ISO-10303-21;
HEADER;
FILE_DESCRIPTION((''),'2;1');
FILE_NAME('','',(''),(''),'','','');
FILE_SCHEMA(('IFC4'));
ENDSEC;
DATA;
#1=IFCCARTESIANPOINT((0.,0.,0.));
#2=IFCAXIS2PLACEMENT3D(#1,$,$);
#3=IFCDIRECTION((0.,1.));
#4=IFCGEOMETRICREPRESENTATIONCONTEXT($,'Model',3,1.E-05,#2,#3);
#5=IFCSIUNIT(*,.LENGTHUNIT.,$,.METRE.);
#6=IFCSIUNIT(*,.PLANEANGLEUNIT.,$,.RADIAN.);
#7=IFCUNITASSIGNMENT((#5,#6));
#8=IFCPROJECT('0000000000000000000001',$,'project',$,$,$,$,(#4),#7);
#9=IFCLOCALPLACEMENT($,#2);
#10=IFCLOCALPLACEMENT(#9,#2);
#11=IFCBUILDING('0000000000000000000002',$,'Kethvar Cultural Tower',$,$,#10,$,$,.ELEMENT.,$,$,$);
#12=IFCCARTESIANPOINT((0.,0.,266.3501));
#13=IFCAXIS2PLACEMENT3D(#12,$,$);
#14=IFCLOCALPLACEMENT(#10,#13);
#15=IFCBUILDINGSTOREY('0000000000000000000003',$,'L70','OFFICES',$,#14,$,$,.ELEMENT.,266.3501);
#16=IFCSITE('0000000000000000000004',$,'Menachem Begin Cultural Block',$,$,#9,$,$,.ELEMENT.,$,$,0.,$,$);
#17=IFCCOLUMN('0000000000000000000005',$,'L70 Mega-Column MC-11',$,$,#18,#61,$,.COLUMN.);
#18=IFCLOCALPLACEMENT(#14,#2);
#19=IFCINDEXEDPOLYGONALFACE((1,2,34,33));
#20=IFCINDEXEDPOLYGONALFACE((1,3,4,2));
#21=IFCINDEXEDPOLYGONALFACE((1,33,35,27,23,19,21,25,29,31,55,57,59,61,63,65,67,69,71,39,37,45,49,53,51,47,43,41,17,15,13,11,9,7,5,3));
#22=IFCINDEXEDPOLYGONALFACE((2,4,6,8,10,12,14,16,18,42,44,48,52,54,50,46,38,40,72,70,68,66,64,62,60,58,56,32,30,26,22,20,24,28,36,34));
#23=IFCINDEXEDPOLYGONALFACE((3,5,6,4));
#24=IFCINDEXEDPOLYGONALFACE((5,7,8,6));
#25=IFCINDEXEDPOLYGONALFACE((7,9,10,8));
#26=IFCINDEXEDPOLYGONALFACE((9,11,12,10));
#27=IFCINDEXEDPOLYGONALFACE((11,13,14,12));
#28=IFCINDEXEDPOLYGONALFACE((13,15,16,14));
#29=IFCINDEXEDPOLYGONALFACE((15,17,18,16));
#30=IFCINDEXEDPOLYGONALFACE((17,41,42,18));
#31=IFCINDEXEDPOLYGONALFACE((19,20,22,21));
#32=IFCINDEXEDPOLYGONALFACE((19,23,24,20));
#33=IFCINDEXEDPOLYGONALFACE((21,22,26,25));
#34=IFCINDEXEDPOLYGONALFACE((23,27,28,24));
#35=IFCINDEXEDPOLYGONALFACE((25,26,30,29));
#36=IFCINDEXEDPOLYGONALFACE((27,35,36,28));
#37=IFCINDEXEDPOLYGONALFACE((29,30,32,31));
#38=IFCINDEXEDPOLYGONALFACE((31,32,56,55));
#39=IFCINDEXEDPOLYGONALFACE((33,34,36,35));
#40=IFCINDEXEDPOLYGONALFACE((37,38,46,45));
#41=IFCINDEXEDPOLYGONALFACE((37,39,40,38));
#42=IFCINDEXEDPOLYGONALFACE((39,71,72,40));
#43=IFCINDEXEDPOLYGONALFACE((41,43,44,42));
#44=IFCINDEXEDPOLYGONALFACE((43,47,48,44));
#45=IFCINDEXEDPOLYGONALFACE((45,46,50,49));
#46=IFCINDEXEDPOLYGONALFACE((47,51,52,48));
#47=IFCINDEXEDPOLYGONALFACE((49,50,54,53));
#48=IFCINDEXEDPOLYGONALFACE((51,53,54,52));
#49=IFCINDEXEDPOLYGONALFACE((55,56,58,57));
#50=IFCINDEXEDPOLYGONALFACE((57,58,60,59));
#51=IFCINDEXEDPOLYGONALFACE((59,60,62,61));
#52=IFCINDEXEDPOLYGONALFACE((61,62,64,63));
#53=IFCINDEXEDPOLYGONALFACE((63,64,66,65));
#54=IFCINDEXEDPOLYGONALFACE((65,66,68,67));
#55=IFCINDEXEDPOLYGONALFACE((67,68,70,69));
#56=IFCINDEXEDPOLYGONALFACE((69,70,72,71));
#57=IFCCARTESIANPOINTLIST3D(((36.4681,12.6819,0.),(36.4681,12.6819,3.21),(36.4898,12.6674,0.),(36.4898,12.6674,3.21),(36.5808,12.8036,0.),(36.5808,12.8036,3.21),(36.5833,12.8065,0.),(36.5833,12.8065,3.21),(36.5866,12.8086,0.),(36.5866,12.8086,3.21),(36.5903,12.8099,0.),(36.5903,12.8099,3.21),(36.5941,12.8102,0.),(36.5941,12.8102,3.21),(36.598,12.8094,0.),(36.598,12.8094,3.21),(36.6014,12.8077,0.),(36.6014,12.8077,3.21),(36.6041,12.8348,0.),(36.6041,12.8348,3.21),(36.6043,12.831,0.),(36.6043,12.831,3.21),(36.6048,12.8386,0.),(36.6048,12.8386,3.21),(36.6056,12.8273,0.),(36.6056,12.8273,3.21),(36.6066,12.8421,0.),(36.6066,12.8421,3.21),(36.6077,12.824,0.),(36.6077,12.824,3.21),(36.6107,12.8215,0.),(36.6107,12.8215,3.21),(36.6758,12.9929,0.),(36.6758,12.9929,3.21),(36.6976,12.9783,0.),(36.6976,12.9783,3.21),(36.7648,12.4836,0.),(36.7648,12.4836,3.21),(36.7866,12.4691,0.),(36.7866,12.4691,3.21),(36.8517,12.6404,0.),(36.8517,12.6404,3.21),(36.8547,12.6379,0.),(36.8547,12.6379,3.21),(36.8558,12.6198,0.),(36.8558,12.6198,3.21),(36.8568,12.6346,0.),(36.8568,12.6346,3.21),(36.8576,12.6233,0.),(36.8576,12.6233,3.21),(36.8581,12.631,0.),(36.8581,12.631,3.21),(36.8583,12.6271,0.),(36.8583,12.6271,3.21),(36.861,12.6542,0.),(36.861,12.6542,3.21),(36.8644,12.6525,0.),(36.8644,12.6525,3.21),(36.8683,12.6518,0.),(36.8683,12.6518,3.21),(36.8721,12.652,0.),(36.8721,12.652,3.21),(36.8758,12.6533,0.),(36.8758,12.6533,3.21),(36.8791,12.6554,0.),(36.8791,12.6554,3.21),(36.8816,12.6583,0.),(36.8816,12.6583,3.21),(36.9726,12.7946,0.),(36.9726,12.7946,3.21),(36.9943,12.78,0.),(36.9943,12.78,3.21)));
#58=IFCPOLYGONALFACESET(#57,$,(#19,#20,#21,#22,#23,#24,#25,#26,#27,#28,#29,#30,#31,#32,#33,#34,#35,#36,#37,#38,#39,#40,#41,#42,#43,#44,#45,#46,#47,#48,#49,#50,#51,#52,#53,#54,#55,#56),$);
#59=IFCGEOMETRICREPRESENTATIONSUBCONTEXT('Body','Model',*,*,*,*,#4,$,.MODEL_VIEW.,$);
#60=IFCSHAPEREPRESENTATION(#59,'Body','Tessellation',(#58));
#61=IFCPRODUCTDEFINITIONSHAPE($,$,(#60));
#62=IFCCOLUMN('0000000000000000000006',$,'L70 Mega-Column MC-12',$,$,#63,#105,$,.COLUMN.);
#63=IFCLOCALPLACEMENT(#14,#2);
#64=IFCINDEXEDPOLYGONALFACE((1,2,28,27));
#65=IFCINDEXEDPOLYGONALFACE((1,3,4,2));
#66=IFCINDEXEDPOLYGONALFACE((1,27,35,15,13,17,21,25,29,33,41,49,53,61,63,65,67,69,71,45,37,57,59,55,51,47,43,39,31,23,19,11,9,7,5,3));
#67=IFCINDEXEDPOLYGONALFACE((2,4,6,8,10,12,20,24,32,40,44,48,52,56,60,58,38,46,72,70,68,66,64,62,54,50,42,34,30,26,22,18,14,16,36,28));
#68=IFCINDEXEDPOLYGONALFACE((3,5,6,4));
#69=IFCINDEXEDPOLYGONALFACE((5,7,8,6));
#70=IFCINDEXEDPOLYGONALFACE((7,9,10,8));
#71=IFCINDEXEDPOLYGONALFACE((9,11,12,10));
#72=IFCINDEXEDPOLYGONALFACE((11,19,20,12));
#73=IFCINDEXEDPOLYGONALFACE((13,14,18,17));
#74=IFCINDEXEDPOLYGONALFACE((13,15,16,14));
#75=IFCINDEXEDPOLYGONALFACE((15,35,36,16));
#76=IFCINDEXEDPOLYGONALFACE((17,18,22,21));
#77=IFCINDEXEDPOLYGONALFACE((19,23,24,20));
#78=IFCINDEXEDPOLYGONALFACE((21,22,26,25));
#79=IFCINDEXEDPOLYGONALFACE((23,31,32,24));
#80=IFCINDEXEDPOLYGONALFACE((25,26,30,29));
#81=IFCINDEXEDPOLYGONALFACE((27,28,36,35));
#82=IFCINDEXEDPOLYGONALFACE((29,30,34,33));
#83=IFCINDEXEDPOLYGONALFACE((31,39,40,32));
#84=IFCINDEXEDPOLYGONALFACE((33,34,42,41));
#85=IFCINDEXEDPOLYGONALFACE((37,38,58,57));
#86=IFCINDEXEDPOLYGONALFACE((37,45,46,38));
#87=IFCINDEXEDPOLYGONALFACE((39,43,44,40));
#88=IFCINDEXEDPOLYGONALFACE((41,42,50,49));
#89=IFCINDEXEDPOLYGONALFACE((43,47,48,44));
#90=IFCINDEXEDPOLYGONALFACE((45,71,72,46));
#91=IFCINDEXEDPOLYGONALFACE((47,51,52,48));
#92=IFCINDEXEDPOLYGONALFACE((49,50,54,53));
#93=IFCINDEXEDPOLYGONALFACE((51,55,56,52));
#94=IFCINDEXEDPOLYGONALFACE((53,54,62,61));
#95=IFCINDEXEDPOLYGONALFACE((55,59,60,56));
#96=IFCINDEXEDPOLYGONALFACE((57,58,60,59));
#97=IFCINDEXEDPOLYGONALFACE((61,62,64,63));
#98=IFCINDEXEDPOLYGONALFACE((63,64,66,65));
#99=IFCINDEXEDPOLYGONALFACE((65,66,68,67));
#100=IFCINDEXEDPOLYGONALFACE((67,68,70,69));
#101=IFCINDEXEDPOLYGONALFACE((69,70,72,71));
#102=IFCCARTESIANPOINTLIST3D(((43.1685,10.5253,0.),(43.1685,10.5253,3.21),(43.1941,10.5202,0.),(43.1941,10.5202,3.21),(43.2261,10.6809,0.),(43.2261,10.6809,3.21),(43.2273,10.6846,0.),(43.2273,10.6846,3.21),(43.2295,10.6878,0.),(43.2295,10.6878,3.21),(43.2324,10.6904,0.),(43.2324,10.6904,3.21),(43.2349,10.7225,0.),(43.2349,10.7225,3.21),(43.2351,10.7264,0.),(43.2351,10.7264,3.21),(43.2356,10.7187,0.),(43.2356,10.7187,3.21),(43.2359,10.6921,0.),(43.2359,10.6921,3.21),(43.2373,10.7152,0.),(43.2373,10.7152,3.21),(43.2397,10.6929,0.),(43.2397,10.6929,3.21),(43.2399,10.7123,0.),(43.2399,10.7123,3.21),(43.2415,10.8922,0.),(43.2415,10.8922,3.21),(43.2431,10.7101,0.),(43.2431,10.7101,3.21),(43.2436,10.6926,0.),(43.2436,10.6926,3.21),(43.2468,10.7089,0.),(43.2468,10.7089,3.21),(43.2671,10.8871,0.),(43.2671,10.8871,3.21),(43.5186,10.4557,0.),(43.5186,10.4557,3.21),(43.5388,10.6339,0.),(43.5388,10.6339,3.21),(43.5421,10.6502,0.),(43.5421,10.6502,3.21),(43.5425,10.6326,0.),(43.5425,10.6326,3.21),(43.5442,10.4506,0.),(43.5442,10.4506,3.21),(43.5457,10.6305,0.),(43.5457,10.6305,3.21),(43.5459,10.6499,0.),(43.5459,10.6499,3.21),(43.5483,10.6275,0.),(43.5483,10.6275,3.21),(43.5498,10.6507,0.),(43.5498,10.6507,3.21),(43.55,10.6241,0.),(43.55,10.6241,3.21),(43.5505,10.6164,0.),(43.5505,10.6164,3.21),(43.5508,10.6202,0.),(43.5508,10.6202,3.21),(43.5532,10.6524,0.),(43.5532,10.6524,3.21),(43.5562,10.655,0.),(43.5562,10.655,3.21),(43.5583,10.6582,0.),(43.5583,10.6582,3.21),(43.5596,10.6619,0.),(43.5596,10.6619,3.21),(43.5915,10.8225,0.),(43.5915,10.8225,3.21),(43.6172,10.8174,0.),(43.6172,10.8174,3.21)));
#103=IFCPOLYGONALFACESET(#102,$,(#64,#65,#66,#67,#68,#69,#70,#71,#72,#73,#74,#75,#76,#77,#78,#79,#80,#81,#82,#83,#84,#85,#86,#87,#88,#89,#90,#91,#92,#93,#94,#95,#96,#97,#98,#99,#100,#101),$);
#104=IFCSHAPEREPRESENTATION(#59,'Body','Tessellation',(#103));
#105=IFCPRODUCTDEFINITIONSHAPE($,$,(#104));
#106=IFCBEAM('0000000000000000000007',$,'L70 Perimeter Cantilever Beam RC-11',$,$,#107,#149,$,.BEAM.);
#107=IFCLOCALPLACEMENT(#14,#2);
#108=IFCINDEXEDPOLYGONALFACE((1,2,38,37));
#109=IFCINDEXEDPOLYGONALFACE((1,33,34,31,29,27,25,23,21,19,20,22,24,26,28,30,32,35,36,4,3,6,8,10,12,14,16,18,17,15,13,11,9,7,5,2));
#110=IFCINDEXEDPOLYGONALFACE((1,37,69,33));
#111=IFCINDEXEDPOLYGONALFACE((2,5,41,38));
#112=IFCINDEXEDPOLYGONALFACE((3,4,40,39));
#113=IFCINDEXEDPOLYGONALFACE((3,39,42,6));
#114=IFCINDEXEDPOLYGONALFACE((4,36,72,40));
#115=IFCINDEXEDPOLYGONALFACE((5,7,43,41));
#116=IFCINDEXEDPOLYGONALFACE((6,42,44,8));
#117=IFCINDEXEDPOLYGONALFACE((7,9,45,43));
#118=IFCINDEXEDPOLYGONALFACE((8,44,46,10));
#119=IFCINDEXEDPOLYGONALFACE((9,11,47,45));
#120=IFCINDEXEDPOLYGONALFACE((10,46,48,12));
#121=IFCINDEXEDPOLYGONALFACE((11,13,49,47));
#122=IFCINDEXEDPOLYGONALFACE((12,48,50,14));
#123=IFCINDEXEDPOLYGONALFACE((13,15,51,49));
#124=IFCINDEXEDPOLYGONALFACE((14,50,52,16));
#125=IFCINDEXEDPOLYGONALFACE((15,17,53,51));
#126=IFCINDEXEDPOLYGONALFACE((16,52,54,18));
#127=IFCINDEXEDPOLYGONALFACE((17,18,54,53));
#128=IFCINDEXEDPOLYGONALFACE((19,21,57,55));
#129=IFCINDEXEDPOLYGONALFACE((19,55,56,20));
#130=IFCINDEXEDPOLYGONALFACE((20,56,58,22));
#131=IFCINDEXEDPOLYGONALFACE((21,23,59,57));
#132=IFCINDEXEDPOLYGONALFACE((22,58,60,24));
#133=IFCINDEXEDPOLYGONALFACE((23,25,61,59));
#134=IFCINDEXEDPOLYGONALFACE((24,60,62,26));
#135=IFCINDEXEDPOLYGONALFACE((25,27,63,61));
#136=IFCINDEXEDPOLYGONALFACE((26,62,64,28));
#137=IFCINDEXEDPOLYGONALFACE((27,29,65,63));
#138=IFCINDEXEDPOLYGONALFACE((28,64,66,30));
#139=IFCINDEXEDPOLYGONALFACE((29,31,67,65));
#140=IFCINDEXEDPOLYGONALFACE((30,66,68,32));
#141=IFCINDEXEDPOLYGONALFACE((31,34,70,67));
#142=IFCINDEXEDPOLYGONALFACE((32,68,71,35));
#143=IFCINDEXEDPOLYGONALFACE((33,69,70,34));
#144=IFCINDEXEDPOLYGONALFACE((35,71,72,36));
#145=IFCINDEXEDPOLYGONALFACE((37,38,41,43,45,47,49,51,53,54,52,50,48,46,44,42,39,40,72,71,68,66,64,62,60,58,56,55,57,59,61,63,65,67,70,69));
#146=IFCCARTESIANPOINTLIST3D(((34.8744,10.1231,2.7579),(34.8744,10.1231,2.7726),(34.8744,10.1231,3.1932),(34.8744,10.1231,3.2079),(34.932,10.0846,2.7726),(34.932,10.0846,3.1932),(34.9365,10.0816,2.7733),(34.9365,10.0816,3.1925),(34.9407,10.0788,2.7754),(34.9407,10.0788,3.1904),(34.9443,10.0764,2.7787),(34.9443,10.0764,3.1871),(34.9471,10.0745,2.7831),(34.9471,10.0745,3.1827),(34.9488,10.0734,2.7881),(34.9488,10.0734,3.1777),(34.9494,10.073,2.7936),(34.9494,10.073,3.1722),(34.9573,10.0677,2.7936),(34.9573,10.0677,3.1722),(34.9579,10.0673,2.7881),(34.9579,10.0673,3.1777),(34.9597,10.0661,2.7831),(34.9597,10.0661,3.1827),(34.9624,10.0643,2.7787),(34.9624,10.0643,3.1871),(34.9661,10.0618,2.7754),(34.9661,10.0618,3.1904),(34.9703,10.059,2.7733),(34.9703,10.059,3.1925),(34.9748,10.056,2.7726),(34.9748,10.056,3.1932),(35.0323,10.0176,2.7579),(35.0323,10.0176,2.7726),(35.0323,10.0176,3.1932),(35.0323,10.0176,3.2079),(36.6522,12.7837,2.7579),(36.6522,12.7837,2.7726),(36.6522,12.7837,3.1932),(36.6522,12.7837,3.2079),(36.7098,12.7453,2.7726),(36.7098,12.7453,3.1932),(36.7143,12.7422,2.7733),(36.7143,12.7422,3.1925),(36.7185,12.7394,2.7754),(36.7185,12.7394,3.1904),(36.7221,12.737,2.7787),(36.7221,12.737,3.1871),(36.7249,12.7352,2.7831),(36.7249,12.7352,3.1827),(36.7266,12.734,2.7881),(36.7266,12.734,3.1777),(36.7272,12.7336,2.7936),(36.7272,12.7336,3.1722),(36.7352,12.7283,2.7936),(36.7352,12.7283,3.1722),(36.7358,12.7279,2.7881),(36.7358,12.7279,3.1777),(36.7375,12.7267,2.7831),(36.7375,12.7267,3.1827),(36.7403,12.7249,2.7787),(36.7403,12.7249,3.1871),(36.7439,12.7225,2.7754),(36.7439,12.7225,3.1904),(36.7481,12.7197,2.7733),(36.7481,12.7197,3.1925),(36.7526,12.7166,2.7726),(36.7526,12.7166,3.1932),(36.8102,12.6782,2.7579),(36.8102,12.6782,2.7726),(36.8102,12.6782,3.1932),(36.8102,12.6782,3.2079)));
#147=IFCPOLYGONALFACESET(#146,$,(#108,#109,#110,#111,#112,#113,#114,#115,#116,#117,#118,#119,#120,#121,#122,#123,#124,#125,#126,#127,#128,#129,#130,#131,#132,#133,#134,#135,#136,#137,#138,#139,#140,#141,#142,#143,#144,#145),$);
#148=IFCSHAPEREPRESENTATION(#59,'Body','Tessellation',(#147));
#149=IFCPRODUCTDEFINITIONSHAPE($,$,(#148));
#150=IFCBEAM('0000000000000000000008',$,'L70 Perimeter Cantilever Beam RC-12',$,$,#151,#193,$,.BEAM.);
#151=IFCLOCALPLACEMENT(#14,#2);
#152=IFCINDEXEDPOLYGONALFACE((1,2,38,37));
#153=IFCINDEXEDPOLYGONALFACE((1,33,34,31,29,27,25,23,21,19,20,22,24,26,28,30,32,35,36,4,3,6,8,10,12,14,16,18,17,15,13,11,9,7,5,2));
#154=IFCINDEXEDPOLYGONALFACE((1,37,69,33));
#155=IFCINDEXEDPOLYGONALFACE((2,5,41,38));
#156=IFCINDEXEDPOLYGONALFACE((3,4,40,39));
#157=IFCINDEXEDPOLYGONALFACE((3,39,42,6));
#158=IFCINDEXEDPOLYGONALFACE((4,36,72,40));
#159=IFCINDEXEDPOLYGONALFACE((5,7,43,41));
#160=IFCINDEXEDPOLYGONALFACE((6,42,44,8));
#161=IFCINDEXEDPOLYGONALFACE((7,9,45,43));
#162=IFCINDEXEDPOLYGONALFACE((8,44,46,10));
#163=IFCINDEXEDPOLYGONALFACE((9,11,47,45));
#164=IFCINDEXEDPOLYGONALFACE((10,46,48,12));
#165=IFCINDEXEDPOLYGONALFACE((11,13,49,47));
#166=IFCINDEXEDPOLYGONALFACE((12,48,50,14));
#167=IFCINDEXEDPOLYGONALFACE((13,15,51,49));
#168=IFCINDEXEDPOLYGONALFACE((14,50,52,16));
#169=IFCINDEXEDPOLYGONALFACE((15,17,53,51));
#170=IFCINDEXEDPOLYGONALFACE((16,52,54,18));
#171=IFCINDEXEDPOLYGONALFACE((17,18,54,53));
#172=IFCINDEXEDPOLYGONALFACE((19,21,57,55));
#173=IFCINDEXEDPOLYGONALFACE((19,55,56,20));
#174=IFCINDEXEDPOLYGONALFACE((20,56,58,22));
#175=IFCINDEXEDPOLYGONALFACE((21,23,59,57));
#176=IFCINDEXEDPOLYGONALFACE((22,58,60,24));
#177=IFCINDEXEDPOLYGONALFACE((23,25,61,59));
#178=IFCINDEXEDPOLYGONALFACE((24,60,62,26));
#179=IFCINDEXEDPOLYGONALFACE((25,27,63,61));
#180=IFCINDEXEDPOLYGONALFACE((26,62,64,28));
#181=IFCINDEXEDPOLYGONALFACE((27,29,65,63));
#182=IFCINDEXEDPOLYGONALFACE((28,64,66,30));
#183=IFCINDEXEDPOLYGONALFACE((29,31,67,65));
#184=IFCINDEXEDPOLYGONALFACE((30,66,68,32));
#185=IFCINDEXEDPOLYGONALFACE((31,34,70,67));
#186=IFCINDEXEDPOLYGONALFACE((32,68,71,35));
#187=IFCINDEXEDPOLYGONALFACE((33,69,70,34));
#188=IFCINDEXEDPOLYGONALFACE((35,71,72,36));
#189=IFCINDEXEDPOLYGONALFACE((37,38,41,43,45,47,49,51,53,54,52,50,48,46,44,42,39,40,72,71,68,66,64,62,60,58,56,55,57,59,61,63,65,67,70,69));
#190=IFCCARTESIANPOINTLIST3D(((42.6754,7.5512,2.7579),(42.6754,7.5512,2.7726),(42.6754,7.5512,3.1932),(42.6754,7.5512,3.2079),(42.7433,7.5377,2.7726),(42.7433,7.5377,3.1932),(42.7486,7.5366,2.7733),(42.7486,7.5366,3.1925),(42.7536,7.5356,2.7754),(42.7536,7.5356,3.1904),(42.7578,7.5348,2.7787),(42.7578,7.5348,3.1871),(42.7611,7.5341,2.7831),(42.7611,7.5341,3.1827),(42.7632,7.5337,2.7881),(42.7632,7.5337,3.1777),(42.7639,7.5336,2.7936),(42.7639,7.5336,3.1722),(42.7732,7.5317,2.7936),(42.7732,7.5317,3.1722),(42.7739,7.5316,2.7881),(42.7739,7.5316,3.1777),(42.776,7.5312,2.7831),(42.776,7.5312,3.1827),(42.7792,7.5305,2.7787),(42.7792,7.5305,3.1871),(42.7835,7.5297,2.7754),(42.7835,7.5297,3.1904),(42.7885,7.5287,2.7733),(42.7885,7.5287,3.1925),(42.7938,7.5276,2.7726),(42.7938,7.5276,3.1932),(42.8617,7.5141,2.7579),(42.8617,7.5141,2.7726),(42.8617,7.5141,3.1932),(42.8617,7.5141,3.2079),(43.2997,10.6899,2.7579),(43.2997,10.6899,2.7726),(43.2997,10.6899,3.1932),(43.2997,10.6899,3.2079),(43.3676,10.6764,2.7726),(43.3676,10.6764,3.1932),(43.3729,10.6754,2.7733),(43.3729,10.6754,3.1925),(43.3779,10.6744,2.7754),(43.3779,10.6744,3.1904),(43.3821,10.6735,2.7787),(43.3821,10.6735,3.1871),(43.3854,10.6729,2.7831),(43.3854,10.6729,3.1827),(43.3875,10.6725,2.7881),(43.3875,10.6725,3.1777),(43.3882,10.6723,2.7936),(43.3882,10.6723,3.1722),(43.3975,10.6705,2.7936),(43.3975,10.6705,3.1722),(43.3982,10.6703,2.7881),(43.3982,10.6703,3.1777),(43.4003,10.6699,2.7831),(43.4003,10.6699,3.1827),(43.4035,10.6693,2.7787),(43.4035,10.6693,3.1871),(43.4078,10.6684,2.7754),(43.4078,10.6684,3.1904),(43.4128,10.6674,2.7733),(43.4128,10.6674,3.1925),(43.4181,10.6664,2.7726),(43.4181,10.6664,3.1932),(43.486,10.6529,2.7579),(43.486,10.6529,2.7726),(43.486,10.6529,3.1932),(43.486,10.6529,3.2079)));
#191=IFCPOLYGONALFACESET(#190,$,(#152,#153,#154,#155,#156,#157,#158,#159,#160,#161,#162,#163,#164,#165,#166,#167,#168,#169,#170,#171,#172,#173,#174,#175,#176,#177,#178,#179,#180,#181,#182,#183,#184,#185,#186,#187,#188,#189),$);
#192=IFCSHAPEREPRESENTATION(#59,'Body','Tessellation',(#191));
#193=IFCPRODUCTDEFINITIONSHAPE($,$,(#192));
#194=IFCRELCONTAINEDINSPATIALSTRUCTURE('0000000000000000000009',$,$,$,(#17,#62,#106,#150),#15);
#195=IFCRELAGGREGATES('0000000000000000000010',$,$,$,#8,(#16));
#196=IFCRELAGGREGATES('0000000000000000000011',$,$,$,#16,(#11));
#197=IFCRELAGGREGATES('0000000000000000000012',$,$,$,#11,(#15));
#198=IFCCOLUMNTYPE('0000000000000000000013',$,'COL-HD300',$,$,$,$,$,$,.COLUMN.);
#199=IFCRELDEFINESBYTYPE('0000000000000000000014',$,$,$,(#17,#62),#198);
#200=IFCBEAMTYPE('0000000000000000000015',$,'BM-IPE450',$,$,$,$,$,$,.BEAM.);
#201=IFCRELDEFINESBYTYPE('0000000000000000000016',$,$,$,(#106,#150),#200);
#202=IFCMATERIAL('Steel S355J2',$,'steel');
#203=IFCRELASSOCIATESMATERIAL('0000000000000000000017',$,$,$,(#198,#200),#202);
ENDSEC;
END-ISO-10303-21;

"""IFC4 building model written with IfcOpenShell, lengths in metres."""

from ifc_helpers import new_model, si_unit, direction, frame, origin, origin_2d, place, context, subcontext, project, spatial, i_section, extrude, source, transform, mapped, material, material_profile, profile_set, type_object, element, save


model = new_model("IFC4")

# Units and contexts
model_context = context("Model", 3, precision=1e-05, world=origin(), true_north=direction((0.0, 1.0)))
body_context = subcontext(model_context, "Body", "Model", "MODEL_VIEW")
ifc_project = project(units=[si_unit("LENGTHUNIT", "METRE"), si_unit("PLANEANGLEUNIT", "RADIAN")], contexts=[model_context])

# Site, building, storey
site_placement = place(None, origin())
site = spatial("IfcSite", under=ifc_project, at=site_placement, Name="Menachem Begin Cultural Block", CompositionType="ELEMENT", RefElevation=0.0)
building_placement = place(site_placement, origin())
building = spatial("IfcBuilding", under=site, at=building_placement, Name="Kethvar Cultural Tower", CompositionType="ELEMENT")
storey_placement = place(building_placement, frame((0.0, 0.0, 266.3501)))
storey = spatial("IfcBuildingStorey", under=building, at=storey_placement, Name="L70", Description="OFFICES", CompositionType="ELEMENT", Elevation=266.3501)

# Columns
ifc_material_1 = material(Name="Steel S355J2", Category="steel")
ifc_material_profile_1 = material_profile(ifc_material_1, i_section(OverallWidth=0.374, OverallDepth=0.3831, WebThickness=0.0166, FlangeThickness=0.0261, FilletRadius=0.0149, at=origin_2d()), Name="Steel S355J2 — HD360x300")
ifc_profile_set_1 = profile_set([ifc_material_profile_1], Name="Steel S355J2 — HD360x300")
column_type = type_object("IfcColumnType", Name="COL-HD300", PredefinedType="COLUMN", material=ifc_profile_set_1)
shared_shape_1 = source(origin(), body_context, "Body", "SweptSolid", [
    extrude(i_section(OverallWidth=0.374, OverallDepth=0.3831, WebThickness=0.0166, FlangeThickness=0.0261, FilletRadius=0.0149, at=origin_2d()), origin(), (0.0, 0.0, 1.0), 3.21),
])
for number, where, z_axis, x_axis, name in (
    (1, (36.7312, 12.731, 0.0), (0.0, 0.0, 1.0), (-0.55557, -0.83147, 0.0), "L70 Mega-Column MC-11"),
    (2, (43.3928, 10.6714, 0.0), (0.0, 0.0, 1.0), (-0.19509, -0.980785, 0.0), "L70 Mega-Column MC-12"),
):
    element("IfcColumn", number, at=place(storey_placement, frame(where, z_axis=z_axis, x_axis=x_axis)), inside=storey, type_object=column_type, Name=name, PredefinedType="COLUMN", context=body_context, shape_type="MappedRepresentation", body=[
        mapped(shared_shape_1, transform((0.0, 0.0, 0.0), scale=1.0)),
    ])

# Beams
ifc_material_profile_2 = material_profile(ifc_material_1, i_section(OverallWidth=0.1899, OverallDepth=0.45, WebThickness=0.0095, FlangeThickness=0.0146, FilletRadius=0.021, at=origin_2d()), Name="Steel S355J2 — IPE450")
ifc_profile_set_2 = profile_set([ifc_material_profile_2], Name="Steel S355J2 — IPE450")
beam_type_1 = type_object("IfcBeamType", Name="BM-IPE450", PredefinedType="BEAM", material=ifc_profile_set_2)
shared_shape_2 = source(origin(), body_context, "Body", "SweptSolid", [
    extrude(i_section(OverallWidth=0.1899, OverallDepth=0.45, WebThickness=0.0095, FlangeThickness=0.0146, FilletRadius=0.021, at=origin_2d()), origin(), (0.0, 0.0, 1.0), 3.2),
])
beam_1_placement = place(storey_placement, frame((36.7312, 12.731, 2.9829), z_axis=(-0.55558, -0.831463, 0.0), x_axis=(0.831463, -0.55558, 0.0)))
element("IfcBeam", 3, at=beam_1_placement, inside=storey, type_object=beam_type_1, Name="L70 Perimeter Cantilever Beam RC-11", PredefinedType="BEAM", context=body_context, shape_type="MappedRepresentation", body=[
    mapped(shared_shape_2, transform((0.0, 0.0, 0.0), scale=1.0)),
])
shared_shape_3 = source(origin(), body_context, "Body", "SweptSolid", [
    extrude(i_section(OverallWidth=0.1899, OverallDepth=0.45, WebThickness=0.0095, FlangeThickness=0.0146, FilletRadius=0.021, at=origin_2d()), origin(), (0.0, 0.0, 1.0), 3.2002),
])
beam_2_placement = place(storey_placement, frame((43.3928, 10.6714, 2.9829), z_axis=(-0.195074, -0.980788, 0.0), x_axis=(0.980788, -0.195074, 0.0)))
element("IfcBeam", 4, at=beam_2_placement, inside=storey, type_object=beam_type_1, Name="L70 Perimeter Cantilever Beam RC-12", PredefinedType="BEAM", context=body_context, shape_type="MappedRepresentation", body=[
    mapped(shared_shape_3, transform((0.0, 0.0, 0.0), scale=1.0)),
])

save(model, "model.ifc")
